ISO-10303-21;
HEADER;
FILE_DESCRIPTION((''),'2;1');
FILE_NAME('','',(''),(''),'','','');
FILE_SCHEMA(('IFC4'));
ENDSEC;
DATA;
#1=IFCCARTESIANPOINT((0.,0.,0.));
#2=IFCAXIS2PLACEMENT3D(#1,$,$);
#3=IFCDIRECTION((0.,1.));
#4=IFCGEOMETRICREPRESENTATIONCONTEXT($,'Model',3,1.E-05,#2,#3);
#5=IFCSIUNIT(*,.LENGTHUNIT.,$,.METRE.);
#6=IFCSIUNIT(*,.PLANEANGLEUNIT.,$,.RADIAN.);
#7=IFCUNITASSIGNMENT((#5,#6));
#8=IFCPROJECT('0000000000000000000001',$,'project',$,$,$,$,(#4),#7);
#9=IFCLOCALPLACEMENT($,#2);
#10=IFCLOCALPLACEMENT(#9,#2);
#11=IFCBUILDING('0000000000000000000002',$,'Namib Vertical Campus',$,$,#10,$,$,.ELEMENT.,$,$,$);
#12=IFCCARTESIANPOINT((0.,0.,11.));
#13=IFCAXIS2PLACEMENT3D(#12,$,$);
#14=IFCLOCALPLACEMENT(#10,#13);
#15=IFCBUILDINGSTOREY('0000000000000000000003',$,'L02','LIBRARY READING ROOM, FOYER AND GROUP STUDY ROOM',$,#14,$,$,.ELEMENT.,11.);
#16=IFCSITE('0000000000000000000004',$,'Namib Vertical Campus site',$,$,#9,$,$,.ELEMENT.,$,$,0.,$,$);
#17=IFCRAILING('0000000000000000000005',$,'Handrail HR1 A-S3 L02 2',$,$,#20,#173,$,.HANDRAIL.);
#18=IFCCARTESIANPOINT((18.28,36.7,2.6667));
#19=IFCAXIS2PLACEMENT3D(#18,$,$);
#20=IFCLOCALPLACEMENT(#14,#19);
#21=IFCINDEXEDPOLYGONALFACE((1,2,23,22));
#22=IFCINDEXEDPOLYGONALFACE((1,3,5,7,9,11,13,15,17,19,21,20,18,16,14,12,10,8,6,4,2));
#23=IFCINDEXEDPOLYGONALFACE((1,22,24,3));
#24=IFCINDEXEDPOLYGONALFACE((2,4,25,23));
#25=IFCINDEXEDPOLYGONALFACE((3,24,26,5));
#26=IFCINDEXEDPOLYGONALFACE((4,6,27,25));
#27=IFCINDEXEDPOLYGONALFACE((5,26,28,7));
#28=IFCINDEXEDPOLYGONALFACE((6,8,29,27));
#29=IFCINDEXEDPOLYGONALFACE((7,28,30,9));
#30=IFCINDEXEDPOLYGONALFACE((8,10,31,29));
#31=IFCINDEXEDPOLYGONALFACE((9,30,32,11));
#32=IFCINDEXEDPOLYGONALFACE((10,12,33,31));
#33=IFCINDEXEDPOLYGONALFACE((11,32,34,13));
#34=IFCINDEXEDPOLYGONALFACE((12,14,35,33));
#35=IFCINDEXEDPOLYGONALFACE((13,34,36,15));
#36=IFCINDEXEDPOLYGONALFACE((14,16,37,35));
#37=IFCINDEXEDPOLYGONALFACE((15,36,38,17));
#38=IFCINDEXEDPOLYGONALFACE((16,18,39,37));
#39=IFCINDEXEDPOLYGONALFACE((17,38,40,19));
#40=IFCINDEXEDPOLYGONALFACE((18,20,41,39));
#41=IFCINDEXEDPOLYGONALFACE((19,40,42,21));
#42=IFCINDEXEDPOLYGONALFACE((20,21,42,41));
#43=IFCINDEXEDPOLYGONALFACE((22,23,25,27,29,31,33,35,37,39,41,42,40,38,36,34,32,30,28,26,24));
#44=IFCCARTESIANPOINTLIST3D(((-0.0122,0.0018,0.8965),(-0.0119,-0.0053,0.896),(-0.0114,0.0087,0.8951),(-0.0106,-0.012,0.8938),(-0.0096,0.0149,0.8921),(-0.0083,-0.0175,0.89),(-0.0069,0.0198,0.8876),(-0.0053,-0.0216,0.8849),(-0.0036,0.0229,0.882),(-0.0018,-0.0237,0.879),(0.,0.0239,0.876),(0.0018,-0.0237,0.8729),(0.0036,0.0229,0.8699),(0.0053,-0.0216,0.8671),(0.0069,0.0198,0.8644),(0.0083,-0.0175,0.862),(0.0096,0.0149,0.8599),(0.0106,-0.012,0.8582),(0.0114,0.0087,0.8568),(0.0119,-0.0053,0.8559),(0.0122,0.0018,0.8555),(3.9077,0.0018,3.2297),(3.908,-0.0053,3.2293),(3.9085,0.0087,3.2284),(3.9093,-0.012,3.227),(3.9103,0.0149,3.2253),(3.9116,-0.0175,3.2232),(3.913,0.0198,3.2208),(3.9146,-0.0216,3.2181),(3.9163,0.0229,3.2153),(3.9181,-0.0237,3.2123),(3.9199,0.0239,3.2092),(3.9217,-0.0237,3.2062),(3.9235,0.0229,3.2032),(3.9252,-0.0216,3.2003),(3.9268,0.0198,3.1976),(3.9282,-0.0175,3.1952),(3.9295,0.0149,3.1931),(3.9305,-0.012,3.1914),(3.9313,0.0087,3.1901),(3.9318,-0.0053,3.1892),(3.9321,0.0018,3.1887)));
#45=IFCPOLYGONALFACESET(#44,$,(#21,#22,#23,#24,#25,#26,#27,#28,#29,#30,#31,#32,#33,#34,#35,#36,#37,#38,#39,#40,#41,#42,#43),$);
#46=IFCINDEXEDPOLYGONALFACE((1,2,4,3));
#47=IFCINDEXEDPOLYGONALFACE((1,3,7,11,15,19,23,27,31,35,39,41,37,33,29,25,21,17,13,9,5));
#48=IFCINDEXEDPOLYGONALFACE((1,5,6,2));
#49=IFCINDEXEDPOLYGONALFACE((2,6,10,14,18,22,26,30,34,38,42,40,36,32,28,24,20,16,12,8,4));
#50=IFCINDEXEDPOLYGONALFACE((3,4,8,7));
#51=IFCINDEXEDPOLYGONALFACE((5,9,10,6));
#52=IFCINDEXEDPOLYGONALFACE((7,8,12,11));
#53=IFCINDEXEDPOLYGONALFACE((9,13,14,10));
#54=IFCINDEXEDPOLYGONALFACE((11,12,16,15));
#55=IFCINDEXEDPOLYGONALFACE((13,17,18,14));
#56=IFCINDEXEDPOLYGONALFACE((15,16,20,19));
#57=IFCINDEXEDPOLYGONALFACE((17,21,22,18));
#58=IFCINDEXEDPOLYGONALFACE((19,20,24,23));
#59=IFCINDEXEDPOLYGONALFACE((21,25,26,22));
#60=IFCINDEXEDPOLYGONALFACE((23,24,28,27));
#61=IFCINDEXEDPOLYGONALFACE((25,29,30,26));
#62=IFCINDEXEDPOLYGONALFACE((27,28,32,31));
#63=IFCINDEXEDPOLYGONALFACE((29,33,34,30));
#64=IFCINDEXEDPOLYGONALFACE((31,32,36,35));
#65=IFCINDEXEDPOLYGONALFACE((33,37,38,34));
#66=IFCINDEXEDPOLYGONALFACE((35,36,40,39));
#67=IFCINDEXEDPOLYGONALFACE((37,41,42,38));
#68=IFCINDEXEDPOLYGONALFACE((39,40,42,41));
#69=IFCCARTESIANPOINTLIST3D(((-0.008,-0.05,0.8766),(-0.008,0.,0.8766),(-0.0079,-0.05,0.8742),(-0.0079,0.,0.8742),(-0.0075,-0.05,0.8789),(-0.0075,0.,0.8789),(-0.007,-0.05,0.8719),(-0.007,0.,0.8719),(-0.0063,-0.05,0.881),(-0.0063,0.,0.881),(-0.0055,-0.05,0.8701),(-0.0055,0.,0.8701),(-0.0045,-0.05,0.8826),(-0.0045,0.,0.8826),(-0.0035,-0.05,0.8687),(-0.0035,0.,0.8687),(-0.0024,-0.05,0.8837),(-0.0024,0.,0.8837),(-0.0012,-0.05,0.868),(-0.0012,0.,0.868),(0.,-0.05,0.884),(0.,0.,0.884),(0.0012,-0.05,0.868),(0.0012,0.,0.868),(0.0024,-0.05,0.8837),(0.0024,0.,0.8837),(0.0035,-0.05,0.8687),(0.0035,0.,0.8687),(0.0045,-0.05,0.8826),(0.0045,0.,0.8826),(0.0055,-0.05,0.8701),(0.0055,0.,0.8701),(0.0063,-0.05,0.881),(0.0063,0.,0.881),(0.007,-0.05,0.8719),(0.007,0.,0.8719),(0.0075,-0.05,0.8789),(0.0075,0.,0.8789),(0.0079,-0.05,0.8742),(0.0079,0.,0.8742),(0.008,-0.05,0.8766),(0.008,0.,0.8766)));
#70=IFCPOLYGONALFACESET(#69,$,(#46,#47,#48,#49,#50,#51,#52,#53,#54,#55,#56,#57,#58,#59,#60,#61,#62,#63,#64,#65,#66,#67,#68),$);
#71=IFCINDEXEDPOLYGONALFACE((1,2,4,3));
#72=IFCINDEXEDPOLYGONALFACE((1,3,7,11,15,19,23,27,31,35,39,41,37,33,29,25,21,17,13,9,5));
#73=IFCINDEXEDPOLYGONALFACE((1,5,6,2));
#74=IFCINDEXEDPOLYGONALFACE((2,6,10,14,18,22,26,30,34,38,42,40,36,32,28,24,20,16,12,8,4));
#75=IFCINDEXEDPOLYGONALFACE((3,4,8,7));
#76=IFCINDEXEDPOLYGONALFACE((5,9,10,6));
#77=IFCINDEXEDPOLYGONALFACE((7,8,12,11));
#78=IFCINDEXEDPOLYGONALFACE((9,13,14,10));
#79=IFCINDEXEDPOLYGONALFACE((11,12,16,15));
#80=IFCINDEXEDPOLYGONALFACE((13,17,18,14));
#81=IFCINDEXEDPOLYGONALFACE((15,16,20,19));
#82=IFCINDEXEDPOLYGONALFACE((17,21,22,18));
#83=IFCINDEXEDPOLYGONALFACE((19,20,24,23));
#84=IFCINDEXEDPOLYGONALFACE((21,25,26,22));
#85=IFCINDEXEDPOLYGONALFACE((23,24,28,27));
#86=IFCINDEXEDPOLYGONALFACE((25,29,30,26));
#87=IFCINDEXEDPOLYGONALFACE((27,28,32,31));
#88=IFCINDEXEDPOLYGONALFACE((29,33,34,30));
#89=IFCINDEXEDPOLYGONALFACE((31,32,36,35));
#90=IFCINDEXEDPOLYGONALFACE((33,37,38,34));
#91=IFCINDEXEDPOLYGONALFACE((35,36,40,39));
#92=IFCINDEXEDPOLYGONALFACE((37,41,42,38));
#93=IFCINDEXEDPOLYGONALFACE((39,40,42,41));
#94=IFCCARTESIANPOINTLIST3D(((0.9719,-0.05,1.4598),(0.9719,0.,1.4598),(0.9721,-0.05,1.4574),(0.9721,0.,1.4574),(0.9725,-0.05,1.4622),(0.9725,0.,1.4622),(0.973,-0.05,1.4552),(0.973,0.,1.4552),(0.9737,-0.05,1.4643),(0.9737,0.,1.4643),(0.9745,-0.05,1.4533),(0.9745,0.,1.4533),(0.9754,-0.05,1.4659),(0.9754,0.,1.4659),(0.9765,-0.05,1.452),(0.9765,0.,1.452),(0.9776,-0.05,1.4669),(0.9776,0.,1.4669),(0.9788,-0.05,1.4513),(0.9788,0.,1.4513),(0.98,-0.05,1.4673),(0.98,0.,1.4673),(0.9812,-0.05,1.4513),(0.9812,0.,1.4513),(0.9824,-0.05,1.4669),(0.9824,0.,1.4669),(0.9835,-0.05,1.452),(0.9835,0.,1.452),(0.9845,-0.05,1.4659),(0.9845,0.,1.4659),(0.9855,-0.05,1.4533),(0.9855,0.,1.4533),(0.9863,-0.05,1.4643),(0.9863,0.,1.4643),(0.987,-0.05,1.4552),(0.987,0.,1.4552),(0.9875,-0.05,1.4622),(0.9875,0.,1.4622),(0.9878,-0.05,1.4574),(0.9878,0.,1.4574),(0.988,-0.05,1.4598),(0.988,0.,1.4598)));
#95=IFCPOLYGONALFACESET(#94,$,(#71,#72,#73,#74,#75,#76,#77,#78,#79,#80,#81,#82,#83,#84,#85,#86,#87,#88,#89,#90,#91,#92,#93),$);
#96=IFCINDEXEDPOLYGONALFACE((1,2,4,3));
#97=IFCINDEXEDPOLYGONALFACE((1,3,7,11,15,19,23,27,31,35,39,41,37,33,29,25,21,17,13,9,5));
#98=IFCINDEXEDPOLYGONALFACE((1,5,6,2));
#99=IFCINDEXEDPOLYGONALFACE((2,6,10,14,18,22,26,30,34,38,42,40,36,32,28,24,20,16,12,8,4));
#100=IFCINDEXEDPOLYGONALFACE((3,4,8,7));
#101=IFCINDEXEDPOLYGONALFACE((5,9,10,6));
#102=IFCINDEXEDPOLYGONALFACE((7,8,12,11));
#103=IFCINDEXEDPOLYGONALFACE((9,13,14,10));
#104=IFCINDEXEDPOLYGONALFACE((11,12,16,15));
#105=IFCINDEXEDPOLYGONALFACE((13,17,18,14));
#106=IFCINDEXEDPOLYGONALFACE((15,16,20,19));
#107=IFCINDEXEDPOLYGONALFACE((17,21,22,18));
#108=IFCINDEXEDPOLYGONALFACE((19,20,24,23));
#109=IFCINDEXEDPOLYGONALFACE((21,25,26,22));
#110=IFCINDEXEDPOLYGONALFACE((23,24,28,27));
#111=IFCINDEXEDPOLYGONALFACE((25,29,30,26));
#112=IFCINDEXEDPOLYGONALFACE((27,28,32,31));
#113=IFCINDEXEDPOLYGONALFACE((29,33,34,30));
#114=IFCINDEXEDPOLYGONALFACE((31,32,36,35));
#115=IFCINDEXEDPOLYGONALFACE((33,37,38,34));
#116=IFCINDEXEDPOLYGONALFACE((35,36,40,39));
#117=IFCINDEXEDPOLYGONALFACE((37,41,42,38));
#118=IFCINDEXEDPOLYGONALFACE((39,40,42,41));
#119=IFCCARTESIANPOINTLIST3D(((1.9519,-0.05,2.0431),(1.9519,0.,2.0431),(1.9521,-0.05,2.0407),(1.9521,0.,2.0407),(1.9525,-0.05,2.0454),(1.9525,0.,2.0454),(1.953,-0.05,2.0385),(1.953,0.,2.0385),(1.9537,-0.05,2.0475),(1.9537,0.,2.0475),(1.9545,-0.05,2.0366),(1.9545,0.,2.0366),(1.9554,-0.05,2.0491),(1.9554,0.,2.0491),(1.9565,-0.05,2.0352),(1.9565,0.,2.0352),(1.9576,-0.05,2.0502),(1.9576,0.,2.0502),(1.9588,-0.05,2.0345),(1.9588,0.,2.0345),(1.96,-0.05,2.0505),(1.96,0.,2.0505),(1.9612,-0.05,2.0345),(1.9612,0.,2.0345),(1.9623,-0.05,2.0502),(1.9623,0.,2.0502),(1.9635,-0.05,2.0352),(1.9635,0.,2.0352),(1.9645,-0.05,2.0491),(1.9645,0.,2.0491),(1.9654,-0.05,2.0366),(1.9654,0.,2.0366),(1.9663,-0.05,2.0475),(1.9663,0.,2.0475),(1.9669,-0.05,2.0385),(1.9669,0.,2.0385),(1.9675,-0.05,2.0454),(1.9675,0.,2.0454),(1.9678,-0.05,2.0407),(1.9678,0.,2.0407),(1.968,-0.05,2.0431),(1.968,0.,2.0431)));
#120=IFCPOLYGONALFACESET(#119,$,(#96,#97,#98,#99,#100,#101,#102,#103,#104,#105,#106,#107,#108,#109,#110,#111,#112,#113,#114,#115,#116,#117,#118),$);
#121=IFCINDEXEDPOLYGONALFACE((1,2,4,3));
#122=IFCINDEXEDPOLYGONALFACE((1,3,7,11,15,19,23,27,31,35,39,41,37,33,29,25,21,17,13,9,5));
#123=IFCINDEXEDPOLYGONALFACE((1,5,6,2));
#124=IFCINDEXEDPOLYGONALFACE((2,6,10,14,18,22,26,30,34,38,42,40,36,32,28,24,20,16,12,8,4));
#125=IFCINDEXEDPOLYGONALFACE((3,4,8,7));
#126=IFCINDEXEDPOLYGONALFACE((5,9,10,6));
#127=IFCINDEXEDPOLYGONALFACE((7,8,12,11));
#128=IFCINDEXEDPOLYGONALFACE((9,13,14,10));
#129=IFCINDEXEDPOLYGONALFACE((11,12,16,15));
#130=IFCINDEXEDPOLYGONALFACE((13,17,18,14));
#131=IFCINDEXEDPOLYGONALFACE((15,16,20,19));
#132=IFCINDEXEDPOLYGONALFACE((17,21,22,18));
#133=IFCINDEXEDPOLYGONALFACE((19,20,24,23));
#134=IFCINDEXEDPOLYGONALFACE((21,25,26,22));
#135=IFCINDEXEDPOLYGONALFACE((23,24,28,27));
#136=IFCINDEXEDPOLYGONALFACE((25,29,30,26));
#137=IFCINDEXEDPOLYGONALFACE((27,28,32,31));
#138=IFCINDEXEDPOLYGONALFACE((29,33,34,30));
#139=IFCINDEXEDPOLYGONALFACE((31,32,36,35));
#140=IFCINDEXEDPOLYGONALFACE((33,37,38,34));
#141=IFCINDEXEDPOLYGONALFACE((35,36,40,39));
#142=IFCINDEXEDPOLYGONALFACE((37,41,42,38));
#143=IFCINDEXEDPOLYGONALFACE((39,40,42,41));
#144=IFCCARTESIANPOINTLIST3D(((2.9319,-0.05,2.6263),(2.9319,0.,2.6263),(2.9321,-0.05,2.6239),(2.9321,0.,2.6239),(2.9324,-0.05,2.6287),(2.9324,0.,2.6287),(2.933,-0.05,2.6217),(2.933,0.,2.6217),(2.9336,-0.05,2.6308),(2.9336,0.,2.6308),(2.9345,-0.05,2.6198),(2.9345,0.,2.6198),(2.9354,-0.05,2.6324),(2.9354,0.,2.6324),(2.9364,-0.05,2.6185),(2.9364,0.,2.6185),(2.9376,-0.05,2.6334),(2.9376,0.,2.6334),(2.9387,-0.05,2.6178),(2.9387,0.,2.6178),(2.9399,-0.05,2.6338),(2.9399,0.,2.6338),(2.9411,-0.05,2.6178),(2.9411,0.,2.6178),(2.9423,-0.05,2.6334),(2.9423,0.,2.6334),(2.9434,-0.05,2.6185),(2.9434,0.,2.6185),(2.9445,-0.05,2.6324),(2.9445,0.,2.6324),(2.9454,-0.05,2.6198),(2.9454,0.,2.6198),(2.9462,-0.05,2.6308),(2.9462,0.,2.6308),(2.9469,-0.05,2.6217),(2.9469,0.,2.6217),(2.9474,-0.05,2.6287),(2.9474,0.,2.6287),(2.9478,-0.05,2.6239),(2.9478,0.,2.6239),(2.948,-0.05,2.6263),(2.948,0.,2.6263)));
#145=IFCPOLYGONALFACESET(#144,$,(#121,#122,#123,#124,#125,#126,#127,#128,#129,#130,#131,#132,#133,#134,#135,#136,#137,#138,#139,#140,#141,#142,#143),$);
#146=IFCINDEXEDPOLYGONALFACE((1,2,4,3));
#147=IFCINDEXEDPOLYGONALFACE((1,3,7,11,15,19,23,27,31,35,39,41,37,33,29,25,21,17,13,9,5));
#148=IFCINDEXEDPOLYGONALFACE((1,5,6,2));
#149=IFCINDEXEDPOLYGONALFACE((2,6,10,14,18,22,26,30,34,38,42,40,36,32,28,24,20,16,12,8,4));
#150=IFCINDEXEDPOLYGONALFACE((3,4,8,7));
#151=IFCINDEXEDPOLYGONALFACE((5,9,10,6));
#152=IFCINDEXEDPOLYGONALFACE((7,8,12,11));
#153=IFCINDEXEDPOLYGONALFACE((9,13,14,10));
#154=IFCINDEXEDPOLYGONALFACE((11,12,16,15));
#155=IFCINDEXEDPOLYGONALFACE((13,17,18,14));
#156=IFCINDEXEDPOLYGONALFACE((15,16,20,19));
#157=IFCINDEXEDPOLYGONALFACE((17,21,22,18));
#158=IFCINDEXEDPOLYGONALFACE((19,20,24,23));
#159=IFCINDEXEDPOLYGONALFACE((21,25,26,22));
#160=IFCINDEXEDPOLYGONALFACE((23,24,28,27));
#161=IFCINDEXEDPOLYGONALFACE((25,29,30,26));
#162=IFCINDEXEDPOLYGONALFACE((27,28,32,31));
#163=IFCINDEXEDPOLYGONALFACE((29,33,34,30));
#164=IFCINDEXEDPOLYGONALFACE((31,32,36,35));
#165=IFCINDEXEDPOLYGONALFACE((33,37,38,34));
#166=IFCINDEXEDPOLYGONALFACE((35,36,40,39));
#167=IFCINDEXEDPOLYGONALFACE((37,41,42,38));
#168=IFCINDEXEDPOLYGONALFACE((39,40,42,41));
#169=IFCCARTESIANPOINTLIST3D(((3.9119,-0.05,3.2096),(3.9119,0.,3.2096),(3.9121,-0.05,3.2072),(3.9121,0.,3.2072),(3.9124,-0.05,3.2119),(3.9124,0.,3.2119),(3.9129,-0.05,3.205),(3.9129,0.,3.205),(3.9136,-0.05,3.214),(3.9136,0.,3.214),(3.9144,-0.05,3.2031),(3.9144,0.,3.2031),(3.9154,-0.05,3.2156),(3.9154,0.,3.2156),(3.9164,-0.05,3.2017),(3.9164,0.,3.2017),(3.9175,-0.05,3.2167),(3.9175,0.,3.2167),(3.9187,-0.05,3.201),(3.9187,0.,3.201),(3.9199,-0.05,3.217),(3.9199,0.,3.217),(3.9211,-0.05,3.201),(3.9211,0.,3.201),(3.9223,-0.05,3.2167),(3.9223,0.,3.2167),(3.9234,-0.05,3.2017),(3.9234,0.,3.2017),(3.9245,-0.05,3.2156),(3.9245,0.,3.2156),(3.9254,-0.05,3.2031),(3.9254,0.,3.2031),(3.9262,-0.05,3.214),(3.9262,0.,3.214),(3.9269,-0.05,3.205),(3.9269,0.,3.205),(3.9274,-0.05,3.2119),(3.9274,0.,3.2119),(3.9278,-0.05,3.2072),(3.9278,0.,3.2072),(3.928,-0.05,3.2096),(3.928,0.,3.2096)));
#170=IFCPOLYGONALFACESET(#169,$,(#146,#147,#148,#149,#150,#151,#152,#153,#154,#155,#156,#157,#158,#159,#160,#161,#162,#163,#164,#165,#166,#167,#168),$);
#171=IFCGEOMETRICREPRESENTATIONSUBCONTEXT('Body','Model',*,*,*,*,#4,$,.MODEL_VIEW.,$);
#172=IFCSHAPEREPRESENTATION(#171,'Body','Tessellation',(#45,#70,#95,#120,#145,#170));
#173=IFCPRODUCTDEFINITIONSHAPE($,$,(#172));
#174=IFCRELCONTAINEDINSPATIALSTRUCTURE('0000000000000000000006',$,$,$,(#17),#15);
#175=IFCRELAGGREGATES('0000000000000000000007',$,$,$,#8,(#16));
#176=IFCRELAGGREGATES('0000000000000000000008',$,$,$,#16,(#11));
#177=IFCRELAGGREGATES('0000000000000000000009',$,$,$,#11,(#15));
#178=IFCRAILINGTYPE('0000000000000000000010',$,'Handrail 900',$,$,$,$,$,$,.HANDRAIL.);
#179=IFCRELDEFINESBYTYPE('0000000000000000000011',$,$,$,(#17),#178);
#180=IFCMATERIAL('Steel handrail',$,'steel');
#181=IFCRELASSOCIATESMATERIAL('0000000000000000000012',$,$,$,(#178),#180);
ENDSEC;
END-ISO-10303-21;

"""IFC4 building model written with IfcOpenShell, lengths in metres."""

from ifc_helpers import new_model, si_unit, direction, frame, origin, origin_2d, place, context, subcontext, project, spatial, circle, extrude, material, type_object, element, save


model = new_model("IFC4")

# Units and contexts
model_context = context("Model", 3, precision=1e-05, world=origin(), true_north=direction((0.0, 1.0)))
body_context = subcontext(model_context, "Body", "Model", "MODEL_VIEW")
ifc_project = project(units=[si_unit("LENGTHUNIT", "METRE"), si_unit("PLANEANGLEUNIT", "RADIAN")], contexts=[model_context])

# Site, building, storey
site_placement = place(None, origin())
site = spatial("IfcSite", under=ifc_project, at=site_placement, Name="Namib Vertical Campus site", CompositionType="ELEMENT", RefElevation=0.0)
building_placement = place(site_placement, origin())
building = spatial("IfcBuilding", under=site, at=building_placement, Name="Namib Vertical Campus", CompositionType="ELEMENT")
storey_placement = place(building_placement, frame((0.0, 0.0, 11.0)))
storey = spatial("IfcBuildingStorey", under=building, at=storey_placement, Name="L02", Description="LIBRARY READING ROOM, FOYER AND GROUP STUDY ROOM", CompositionType="ELEMENT", Elevation=11.0)

# Railing
ifc_material_1 = material(Name="Steel handrail", Category="steel")
railing_type_1 = type_object("IfcRailingType", Name="Handrail 900", PredefinedType="HANDRAIL", material=ifc_material_1)
railing_1_placement = place(storey_placement, frame((18.28, 36.7, 2.6667)))
element("IfcRailing", 1, at=railing_1_placement, inside=storey, type_object=railing_type_1, Name="Handrail HR1 A-S3 L02 2", PredefinedType="HANDRAIL", context=body_context, shape_type="SweptSolid", body=[
    extrude(circle(Radius=0.0239, at=origin_2d()), frame((0.0, 0.0, 0.876), z_axis=(0.859296, 0.0, 0.511478), x_axis=(0.0, 1.0, 0.0)), (0.0, 0.0, 1.0), 4.5618),
    extrude(circle(Radius=0.0081, at=origin_2d()), frame((0.0, 0.0, 0.876), z_axis=(0.0, -1.0, 0.0), x_axis=(0.0, 0.0, 1.0)), (0.0, 0.0, 1.0), 0.05),
    extrude(circle(Radius=0.0081, at=origin_2d()), frame((0.98, 0.0, 1.4592), z_axis=(0.0, -1.0, 0.0), x_axis=(0.0, 0.0, 1.0)), (0.0, 0.0, 1.0), 0.05),
    extrude(circle(Radius=0.0081, at=origin_2d()), frame((1.96, 0.0, 2.0425), z_axis=(0.0, -1.0, 0.0), x_axis=(0.0, 0.0, 1.0)), (0.0, 0.0, 1.0), 0.05),
    extrude(circle(Radius=0.0081, at=origin_2d()), frame((2.9399, 0.0, 2.6257), z_axis=(0.0, -1.0, 0.0), x_axis=(0.0, 0.0, 1.0)), (0.0, 0.0, 1.0), 0.05),
    extrude(circle(Radius=0.0081, at=origin_2d()), frame((3.9199, 0.0, 3.209), z_axis=(0.0, -1.0, 0.0), x_axis=(0.0, 0.0, 1.0)), (0.0, 0.0, 1.0), 0.05),
])

save(model, "model.ifc")
